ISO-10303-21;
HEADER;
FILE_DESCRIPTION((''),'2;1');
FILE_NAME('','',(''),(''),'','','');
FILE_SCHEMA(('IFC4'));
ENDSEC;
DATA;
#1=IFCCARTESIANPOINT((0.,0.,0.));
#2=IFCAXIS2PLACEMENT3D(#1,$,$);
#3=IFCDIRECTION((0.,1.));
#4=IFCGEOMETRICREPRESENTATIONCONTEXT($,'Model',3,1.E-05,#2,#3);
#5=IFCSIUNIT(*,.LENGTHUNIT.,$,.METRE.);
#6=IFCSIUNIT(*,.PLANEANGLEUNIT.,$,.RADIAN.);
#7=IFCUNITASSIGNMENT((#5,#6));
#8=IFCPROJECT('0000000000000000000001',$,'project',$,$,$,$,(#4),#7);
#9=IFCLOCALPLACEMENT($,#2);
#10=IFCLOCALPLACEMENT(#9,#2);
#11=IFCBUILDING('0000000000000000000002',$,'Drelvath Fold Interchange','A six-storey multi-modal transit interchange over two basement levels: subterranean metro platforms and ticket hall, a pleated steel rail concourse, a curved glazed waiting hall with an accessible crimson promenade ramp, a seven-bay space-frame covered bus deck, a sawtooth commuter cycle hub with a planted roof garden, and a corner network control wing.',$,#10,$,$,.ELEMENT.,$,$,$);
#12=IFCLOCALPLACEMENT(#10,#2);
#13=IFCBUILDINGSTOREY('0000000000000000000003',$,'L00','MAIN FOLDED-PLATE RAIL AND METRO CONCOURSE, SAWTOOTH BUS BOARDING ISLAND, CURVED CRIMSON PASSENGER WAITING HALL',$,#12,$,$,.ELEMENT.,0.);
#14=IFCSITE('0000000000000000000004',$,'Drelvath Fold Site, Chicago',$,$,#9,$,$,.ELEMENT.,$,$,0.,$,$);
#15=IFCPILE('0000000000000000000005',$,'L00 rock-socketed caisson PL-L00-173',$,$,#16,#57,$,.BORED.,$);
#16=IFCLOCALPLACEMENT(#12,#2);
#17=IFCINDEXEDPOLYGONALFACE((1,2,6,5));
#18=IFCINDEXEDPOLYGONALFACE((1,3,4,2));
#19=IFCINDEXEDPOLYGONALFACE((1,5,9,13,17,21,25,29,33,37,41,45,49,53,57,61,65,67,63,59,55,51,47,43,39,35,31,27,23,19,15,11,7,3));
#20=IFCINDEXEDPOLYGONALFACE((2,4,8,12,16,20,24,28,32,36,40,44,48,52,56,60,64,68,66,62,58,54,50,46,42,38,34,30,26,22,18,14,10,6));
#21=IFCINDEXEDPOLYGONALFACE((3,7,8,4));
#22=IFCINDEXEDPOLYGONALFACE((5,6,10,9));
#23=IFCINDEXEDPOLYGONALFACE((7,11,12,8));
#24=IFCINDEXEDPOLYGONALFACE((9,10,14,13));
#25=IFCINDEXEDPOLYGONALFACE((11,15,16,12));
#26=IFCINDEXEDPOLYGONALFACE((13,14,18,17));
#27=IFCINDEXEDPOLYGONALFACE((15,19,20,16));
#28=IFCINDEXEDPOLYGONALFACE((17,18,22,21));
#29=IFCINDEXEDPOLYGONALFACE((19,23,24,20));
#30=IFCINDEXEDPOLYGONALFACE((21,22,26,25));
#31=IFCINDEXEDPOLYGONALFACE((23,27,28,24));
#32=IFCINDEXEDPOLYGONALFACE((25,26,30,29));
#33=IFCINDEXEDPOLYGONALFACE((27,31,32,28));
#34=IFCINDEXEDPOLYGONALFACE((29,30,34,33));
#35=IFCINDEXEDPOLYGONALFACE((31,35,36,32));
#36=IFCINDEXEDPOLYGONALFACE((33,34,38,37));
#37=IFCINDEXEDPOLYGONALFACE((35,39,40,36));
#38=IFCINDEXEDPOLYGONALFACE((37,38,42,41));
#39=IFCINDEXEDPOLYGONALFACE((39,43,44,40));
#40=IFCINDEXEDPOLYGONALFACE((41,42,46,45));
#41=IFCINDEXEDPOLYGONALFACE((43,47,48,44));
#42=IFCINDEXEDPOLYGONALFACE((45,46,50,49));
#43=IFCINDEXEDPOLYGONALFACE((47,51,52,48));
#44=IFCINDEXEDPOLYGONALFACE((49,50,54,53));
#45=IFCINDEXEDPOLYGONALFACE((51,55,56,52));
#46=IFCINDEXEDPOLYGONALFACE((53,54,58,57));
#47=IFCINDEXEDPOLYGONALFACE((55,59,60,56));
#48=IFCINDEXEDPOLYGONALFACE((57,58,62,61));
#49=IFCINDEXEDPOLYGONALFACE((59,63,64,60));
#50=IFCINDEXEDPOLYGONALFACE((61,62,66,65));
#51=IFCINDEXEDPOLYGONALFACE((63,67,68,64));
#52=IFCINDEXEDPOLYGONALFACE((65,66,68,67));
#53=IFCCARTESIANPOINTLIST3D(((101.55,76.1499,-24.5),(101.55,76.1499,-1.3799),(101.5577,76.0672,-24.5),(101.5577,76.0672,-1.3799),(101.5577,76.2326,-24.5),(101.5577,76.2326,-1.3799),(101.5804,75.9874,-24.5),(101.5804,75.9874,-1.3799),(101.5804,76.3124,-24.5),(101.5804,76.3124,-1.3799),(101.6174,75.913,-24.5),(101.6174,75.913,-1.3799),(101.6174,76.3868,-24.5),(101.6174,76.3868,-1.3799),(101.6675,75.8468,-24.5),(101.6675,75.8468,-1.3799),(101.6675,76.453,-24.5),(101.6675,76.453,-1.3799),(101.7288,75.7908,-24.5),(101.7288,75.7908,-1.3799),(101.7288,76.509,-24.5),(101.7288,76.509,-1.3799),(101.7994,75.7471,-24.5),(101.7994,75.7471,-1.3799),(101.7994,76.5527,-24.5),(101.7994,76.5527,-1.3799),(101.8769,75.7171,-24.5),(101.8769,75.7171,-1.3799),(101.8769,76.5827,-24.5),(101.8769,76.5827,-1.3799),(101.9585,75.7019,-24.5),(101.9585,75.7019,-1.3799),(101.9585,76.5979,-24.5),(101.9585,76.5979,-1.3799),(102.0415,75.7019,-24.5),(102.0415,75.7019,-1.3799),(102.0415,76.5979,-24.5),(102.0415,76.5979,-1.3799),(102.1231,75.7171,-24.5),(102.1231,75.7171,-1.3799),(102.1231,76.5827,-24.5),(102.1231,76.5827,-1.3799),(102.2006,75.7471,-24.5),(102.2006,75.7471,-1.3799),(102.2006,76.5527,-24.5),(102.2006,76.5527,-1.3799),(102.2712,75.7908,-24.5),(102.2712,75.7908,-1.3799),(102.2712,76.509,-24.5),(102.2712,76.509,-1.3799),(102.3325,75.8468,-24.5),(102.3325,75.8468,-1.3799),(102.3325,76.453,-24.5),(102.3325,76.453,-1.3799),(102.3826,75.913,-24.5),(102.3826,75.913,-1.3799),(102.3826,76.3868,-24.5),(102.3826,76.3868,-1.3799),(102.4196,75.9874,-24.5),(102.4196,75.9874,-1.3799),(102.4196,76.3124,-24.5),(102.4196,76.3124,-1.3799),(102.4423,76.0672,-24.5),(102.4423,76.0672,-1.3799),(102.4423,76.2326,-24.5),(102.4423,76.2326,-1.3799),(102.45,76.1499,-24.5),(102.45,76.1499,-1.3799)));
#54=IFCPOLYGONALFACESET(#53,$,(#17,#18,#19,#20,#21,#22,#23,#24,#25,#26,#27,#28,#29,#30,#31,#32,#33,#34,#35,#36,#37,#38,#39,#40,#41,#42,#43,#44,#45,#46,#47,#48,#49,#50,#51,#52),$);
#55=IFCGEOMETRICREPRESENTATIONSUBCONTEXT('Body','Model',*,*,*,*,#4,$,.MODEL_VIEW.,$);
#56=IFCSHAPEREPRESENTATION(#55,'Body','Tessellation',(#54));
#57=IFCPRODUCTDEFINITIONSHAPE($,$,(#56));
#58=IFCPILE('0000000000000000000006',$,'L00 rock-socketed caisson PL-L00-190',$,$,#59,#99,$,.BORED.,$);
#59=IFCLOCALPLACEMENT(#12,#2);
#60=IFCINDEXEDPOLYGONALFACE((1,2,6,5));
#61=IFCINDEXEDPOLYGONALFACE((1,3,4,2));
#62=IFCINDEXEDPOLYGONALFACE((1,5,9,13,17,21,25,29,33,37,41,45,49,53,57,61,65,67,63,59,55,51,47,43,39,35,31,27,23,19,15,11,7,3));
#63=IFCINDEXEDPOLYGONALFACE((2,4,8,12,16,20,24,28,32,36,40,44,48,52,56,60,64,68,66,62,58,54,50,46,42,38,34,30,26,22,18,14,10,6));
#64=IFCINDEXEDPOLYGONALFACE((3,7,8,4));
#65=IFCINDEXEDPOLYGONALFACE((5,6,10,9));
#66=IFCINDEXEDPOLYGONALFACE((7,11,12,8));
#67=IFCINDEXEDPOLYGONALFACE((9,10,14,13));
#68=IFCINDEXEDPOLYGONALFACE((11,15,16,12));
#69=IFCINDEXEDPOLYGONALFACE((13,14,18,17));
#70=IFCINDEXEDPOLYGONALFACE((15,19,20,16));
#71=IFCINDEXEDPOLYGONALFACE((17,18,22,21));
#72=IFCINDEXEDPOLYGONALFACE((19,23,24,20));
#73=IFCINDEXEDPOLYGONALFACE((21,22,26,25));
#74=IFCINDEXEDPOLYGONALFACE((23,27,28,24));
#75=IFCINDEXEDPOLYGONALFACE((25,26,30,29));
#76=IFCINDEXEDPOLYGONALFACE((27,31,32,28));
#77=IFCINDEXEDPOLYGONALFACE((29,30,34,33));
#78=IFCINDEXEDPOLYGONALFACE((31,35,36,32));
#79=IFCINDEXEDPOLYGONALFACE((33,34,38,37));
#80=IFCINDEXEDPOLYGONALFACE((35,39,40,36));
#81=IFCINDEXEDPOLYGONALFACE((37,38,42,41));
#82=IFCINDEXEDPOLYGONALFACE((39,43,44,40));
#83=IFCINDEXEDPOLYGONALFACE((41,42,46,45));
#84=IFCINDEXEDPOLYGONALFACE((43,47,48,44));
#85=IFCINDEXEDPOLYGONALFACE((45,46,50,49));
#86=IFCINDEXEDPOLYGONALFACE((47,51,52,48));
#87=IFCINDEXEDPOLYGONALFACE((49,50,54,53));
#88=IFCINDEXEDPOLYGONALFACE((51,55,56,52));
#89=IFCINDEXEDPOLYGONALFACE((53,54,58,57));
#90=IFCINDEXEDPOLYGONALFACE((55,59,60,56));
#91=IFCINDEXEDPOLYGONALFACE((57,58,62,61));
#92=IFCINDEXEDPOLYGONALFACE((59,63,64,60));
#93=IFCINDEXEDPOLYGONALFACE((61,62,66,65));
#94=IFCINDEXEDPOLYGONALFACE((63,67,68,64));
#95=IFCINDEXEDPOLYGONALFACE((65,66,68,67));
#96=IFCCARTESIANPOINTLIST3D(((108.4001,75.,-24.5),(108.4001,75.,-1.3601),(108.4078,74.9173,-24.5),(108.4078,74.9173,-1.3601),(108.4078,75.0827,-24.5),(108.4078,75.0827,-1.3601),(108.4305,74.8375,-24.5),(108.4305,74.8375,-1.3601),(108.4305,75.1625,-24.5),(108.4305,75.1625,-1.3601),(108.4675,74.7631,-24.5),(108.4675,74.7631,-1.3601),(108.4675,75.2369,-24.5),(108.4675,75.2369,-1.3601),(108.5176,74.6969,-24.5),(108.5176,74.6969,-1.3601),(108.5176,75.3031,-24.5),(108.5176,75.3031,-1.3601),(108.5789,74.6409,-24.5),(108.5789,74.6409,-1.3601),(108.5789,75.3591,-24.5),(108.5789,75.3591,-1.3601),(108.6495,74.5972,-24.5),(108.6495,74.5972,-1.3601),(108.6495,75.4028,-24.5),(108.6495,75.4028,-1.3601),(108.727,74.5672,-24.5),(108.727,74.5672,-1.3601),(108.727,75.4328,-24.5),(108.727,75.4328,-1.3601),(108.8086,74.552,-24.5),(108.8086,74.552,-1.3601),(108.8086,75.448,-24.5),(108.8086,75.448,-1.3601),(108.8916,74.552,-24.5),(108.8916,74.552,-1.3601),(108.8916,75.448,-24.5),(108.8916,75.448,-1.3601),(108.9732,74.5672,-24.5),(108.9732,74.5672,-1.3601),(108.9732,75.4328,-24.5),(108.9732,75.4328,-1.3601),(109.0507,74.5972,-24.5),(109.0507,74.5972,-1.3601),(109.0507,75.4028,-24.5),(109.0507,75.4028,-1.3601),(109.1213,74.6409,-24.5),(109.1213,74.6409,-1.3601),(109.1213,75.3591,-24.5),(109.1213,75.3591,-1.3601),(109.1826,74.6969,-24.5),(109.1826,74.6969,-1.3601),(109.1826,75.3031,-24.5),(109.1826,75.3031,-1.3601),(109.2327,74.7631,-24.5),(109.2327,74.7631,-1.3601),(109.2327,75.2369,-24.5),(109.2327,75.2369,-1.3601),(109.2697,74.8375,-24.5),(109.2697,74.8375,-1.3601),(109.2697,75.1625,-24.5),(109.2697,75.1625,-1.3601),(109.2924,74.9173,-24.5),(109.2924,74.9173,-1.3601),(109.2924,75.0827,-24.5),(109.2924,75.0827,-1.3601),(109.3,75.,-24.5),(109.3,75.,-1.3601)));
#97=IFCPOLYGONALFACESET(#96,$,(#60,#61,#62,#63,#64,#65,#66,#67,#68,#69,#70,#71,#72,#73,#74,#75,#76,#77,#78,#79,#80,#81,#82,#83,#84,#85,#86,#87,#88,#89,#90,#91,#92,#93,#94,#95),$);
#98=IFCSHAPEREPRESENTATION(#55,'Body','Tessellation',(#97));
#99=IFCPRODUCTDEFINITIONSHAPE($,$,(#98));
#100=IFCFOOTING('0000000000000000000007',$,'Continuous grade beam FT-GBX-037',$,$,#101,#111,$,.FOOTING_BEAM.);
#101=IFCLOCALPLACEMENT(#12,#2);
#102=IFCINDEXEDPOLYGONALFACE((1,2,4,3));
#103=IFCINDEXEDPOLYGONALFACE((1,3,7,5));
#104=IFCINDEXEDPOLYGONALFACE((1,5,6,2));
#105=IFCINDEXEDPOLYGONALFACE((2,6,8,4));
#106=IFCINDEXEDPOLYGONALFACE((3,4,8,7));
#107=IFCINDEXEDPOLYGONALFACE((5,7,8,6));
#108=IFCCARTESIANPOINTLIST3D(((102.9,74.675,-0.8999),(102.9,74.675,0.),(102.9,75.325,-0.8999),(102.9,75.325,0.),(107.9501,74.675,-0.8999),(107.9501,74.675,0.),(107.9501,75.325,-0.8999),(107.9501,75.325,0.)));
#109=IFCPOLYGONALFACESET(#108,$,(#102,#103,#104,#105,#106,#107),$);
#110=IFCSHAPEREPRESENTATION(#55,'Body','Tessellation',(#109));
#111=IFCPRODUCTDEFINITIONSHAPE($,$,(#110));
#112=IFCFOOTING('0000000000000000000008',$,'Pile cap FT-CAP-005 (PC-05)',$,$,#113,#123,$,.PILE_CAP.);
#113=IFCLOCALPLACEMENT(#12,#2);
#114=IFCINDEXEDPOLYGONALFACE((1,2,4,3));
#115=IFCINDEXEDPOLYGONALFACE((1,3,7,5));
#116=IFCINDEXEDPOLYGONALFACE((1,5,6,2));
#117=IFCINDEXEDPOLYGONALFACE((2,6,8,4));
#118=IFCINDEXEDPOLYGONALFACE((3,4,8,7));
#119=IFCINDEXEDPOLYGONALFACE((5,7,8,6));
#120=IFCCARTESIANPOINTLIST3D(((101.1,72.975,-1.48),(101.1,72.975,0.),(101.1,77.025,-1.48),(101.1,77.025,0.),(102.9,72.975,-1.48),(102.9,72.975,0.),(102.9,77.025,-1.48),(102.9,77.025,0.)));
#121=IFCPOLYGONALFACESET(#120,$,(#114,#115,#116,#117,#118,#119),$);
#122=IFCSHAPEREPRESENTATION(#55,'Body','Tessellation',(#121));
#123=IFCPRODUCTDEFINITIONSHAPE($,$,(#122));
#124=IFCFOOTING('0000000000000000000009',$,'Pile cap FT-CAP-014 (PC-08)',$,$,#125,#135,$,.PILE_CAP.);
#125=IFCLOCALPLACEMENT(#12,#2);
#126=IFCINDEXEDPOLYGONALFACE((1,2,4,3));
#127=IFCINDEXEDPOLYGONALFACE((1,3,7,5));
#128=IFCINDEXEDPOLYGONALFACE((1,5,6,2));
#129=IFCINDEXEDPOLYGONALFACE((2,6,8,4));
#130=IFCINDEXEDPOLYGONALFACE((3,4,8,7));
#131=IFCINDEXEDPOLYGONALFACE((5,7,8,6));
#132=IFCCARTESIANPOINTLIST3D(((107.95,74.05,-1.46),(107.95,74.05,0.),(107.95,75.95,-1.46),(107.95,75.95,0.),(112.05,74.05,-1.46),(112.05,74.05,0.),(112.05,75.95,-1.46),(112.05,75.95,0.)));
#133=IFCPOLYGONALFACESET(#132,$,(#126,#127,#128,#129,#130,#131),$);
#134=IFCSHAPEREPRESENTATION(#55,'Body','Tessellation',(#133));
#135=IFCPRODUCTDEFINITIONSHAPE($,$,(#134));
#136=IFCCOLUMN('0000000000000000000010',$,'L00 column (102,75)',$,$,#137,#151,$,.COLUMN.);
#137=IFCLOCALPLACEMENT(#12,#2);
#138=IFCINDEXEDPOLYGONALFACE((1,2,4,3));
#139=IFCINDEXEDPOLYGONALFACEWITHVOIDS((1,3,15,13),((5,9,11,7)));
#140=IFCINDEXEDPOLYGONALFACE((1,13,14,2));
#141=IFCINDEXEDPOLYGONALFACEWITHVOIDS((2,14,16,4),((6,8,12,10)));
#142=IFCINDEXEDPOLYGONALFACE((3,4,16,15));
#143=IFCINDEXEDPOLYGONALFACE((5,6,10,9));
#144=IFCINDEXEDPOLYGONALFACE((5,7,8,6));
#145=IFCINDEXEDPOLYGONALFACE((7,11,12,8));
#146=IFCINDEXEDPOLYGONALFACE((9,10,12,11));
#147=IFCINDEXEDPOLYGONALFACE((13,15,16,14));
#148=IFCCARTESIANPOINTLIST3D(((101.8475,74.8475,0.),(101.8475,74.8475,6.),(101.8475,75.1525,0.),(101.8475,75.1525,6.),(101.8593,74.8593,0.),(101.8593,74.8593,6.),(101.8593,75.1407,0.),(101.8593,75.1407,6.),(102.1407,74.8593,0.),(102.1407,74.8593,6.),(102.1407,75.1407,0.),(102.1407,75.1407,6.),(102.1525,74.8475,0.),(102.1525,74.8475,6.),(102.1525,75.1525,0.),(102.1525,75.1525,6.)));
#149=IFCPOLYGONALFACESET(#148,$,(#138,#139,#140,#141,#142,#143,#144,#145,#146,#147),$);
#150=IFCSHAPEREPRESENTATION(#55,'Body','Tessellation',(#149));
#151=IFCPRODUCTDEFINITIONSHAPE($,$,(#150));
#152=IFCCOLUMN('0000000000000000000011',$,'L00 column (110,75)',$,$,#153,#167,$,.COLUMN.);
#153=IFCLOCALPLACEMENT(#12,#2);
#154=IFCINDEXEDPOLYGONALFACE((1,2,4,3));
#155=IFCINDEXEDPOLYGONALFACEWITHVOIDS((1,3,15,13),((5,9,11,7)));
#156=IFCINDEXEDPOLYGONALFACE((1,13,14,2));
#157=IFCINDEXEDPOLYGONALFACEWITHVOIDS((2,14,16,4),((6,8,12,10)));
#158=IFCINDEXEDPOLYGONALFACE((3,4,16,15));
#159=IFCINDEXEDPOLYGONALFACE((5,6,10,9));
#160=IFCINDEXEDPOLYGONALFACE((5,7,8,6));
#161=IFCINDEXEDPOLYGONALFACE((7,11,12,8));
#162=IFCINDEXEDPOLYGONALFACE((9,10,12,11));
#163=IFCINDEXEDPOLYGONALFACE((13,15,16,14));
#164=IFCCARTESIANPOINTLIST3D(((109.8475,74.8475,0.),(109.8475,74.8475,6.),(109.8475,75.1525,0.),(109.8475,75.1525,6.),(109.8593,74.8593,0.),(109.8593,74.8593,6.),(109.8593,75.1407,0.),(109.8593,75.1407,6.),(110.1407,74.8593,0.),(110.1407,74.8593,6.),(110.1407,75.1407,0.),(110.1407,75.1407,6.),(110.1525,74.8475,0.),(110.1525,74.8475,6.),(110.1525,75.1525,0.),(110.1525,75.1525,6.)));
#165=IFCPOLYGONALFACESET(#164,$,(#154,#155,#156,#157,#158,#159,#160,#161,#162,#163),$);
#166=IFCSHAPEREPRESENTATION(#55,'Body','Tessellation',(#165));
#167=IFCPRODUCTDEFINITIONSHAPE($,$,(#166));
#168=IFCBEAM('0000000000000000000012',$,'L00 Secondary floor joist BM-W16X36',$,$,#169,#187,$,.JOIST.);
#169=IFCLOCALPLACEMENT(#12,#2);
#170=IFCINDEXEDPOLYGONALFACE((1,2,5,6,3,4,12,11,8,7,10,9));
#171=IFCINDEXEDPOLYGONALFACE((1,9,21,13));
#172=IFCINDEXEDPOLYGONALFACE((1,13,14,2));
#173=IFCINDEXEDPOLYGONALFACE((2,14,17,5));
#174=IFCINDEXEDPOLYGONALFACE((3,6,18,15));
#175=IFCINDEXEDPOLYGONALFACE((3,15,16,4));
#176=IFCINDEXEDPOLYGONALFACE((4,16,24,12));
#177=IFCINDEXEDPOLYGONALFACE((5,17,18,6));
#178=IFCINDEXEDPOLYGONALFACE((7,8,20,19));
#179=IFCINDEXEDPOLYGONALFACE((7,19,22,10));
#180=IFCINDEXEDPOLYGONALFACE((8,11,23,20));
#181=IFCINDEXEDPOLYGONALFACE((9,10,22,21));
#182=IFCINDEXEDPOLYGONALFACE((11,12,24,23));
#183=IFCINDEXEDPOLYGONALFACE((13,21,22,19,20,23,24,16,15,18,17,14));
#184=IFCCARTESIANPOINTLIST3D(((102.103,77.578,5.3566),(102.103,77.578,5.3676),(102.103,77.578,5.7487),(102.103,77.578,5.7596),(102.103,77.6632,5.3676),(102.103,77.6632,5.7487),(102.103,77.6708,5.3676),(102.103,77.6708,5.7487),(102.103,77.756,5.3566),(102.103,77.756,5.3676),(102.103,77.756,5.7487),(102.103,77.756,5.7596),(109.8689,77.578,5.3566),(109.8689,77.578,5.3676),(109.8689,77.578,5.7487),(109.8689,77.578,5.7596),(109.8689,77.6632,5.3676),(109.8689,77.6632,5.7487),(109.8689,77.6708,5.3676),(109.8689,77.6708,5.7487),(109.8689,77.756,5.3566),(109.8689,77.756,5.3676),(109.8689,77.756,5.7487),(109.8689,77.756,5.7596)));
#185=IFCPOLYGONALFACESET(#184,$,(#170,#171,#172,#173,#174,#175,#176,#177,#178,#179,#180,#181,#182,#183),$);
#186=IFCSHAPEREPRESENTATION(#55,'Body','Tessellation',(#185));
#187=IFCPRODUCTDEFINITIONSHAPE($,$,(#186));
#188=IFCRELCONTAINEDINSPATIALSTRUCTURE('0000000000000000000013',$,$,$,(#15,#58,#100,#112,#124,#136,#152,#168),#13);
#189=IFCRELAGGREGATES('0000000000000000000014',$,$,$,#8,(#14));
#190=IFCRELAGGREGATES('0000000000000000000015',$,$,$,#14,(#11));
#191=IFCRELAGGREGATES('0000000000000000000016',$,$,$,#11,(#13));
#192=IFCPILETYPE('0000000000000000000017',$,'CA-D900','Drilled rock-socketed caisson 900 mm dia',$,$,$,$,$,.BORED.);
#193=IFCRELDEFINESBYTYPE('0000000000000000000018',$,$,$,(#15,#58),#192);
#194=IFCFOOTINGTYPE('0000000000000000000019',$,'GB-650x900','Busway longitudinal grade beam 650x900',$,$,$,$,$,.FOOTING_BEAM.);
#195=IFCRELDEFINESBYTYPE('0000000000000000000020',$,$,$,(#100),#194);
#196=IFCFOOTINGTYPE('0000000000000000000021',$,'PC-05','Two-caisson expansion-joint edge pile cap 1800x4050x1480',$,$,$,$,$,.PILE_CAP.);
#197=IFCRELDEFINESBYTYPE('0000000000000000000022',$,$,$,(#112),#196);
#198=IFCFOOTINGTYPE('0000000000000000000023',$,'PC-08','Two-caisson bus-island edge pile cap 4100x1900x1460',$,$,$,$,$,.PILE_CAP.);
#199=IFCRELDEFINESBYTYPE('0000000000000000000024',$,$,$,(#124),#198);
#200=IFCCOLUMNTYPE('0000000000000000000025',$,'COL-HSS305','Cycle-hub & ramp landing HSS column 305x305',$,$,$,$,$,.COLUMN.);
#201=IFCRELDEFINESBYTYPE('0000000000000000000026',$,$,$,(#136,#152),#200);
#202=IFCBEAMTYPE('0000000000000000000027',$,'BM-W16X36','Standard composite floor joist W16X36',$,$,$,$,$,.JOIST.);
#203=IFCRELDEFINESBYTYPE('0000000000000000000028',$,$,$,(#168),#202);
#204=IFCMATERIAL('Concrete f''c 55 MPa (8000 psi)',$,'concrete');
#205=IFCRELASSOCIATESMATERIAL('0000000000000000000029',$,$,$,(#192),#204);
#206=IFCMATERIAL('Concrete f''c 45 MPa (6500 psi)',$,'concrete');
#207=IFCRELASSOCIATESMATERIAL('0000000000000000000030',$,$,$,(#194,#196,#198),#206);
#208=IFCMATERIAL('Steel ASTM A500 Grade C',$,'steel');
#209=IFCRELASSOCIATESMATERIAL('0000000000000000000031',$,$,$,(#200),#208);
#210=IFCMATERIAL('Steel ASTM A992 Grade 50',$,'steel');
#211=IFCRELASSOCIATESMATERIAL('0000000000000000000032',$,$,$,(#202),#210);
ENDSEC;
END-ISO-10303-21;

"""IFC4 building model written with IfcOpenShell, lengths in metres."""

from ifc_helpers import new_model, si_unit, direction, frame, origin, origin_2d, place, context, subcontext, project, spatial, rectangle, hollow_rectangle, circle, i_section, extrude, material, material_profile, profile_set, type_object, element, save


model = new_model("IFC4")

# Units and contexts
model_context = context("Model", 3, precision=1e-05, world=origin(), true_north=direction((0.0, 1.0)))
body_context = subcontext(model_context, "Body", "Model", "MODEL_VIEW")
ifc_project = project(units=[si_unit("LENGTHUNIT", "METRE"), si_unit("PLANEANGLEUNIT", "RADIAN")], contexts=[model_context])

# Site, building, storey
site_placement = place(None, origin())
site = spatial("IfcSite", under=ifc_project, at=site_placement, Name="Drelvath Fold Site, Chicago", CompositionType="ELEMENT", RefElevation=0.0)
building_placement = place(site_placement, origin())
building = spatial("IfcBuilding", under=site, at=building_placement, Name="Drelvath Fold Interchange", Description="A six-storey multi-modal transit interchange over two basement levels: subterranean metro platforms and ticket hall, a pleated steel rail concourse, a curved glazed waiting hall with an accessible crimson promenade ramp, a seven-bay space-frame covered bus deck, a sawtooth commuter cycle hub with a planted roof garden, and a corner network control wing.", CompositionType="ELEMENT")
storey_placement = place(building_placement, origin())
storey = spatial("IfcBuildingStorey", under=building, at=storey_placement, Name="L00", Description="MAIN FOLDED-PLATE RAIL AND METRO CONCOURSE, SAWTOOTH BUS BOARDING ISLAND, CURVED CRIMSON PASSENGER WAITING HALL", CompositionType="ELEMENT", Elevation=0.0)

# Piles
ifc_material_1 = material(Name="Concrete f'c 55 MPa (8000 psi)", Category="concrete")
ifc_material_profile_1 = material_profile(ifc_material_1, circle(Radius=0.45, at=origin_2d()), Name="CAISSON D900")
ifc_profile_set_1 = profile_set([ifc_material_profile_1], Name="Concrete f'c 55 MPa (8000 psi)")
pile_type = type_object("IfcPileType", Name="CA-D900", Description="Drilled rock-socketed caisson 900 mm dia", PredefinedType="BORED", material=ifc_profile_set_1)
pile_1_placement = place(storey_placement, frame((102.0, 76.1499, -1.3799), z_axis=(0.0, 0.0, -1.0), x_axis=(1.0, 0.0, 0.0)))
element("IfcPile", 1, at=pile_1_placement, inside=storey, type_object=pile_type, Name="L00 rock-socketed caisson PL-L00-173", PredefinedType="BORED", context=body_context, shape_type="SweptSolid", body=[
    extrude(circle(Radius=0.45, at=origin_2d()), origin(), (0.0, 0.0, 1.0), 23.1201),
])
pile_2_placement = place(storey_placement, frame((108.8501, 75.0, -1.3601), z_axis=(0.0, 0.0, -1.0), x_axis=(1.0, 0.0, 0.0)))
element("IfcPile", 2, at=pile_2_placement, inside=storey, type_object=pile_type, Name="L00 rock-socketed caisson PL-L00-190", PredefinedType="BORED", context=body_context, shape_type="SweptSolid", body=[
    extrude(circle(Radius=0.45, at=origin_2d()), origin(), (0.0, 0.0, 1.0), 23.1399),
])

# Footings
ifc_material_2 = material(Name="Concrete f'c 45 MPa (6500 psi)", Category="concrete")
footing_type_1 = type_object("IfcFootingType", Name="GB-650x900", Description="Busway longitudinal grade beam 650x900", PredefinedType="FOOTING_BEAM", material=ifc_material_2)
footing_1_placement = place(storey_placement, frame((105.425, 75.0, -0.8999), z_axis=(0.0, 0.0, 1.0), x_axis=(1.0, 0.0, 0.0)))
element("IfcFooting", 3, at=footing_1_placement, inside=storey, type_object=footing_type_1, Name="Continuous grade beam FT-GBX-037", PredefinedType="FOOTING_BEAM", context=body_context, shape_type="SweptSolid", body=[
    extrude(rectangle(XDim=5.05, YDim=0.6499, at=origin_2d()), origin(), (0.0, 0.0, 1.0), 0.8999),
])
footing_type_2 = type_object("IfcFootingType", Name="PC-05", Description="Two-caisson expansion-joint edge pile cap 1800x4050x1480", PredefinedType="PILE_CAP", material=ifc_material_2)
footing_2_placement = place(storey_placement, frame((102.0, 75.0, -1.48), z_axis=(0.0, 0.0, 1.0), x_axis=(1.0, 0.0, 0.0)))
element("IfcFooting", 4, at=footing_2_placement, inside=storey, type_object=footing_type_2, Name="Pile cap FT-CAP-005 (PC-05)", PredefinedType="PILE_CAP", context=body_context, shape_type="SweptSolid", body=[
    extrude(rectangle(XDim=1.8, YDim=4.05, at=origin_2d()), origin(), (0.0, 0.0, 1.0), 1.48),
])
footing_type_3 = type_object("IfcFootingType", Name="PC-08", Description="Two-caisson bus-island edge pile cap 4100x1900x1460", PredefinedType="PILE_CAP", material=ifc_material_2)
footing_3_placement = place(storey_placement, frame((110.0, 75.0, -1.46), z_axis=(0.0, 0.0, 1.0), x_axis=(1.0, 0.0, 0.0)))
element("IfcFooting", 5, at=footing_3_placement, inside=storey, type_object=footing_type_3, Name="Pile cap FT-CAP-014 (PC-08)", PredefinedType="PILE_CAP", context=body_context, shape_type="SweptSolid", body=[
    extrude(rectangle(XDim=4.1001, YDim=1.8999, at=origin_2d()), origin(), (0.0, 0.0, 1.0), 1.46),
])

# Columns
ifc_material_3 = material(Name="Steel ASTM A500 Grade C", Category="steel")
ifc_material_profile_2 = material_profile(ifc_material_3, hollow_rectangle(XDim=0.3049, YDim=0.3049, WallThickness=0.0117, at=origin_2d()), Name="HSS12X12X1/2")
ifc_profile_set_2 = profile_set([ifc_material_profile_2], Name="Steel ASTM A500 Grade C")
column_type = type_object("IfcColumnType", Name="COL-HSS305", Description="Cycle-hub & ramp landing HSS column 305x305", PredefinedType="COLUMN", material=ifc_profile_set_2)
for number, where, z_axis, x_axis, name in (
    (6, (102.0, 75.0, 0.0), (0.0, 0.0, 1.0), (1.0, 0.0, 0.0), "L00 column (102,75)"),
    (7, (110.0, 75.0, 0.0), (0.0, 0.0, 1.0), (1.0, 0.0, 0.0), "L00 column (110,75)"),
):
    element("IfcColumn", number, at=place(storey_placement, frame(where, z_axis=z_axis, x_axis=x_axis)), inside=storey, type_object=column_type, Name=name, PredefinedType="COLUMN", context=body_context, shape_type="SweptSolid", body=[
        extrude(hollow_rectangle(XDim=0.3049, YDim=0.3049, WallThickness=0.0117, at=origin_2d()), origin(), (0.0, 0.0, 1.0), 6.0),
    ])

# Beam
ifc_material_4 = material(Name="Steel ASTM A992 Grade 50", Category="steel")
ifc_material_profile_3 = material_profile(ifc_material_4, i_section(OverallWidth=0.178, OverallDepth=0.4031, WebThickness=0.0076, FlangeThickness=0.011, at=origin_2d()), Name="W16X36")
ifc_profile_set_3 = profile_set([ifc_material_profile_3], Name="Steel ASTM A992 Grade 50")
beam_type_1 = type_object("IfcBeamType", Name="BM-W16X36", Description="Standard composite floor joist W16X36", PredefinedType="JOIST", material=ifc_profile_set_3)
beam_1_placement = place(storey_placement, frame((102.103, 77.667, 5.5581), z_axis=(1.0, 0.0, 0.0), x_axis=(0.0, 1.0, 0.0)))
element("IfcBeam", 8, at=beam_1_placement, inside=storey, type_object=beam_type_1, Name="L00 Secondary floor joist BM-W16X36", PredefinedType="JOIST", context=body_context, shape_type="SweptSolid", body=[
    extrude(i_section(OverallWidth=0.178, OverallDepth=0.4031, WebThickness=0.0076, FlangeThickness=0.011, at=origin_2d()), origin(), (0.0, 0.0, 1.0), 7.7659),
])

save(model, "model.ifc")
